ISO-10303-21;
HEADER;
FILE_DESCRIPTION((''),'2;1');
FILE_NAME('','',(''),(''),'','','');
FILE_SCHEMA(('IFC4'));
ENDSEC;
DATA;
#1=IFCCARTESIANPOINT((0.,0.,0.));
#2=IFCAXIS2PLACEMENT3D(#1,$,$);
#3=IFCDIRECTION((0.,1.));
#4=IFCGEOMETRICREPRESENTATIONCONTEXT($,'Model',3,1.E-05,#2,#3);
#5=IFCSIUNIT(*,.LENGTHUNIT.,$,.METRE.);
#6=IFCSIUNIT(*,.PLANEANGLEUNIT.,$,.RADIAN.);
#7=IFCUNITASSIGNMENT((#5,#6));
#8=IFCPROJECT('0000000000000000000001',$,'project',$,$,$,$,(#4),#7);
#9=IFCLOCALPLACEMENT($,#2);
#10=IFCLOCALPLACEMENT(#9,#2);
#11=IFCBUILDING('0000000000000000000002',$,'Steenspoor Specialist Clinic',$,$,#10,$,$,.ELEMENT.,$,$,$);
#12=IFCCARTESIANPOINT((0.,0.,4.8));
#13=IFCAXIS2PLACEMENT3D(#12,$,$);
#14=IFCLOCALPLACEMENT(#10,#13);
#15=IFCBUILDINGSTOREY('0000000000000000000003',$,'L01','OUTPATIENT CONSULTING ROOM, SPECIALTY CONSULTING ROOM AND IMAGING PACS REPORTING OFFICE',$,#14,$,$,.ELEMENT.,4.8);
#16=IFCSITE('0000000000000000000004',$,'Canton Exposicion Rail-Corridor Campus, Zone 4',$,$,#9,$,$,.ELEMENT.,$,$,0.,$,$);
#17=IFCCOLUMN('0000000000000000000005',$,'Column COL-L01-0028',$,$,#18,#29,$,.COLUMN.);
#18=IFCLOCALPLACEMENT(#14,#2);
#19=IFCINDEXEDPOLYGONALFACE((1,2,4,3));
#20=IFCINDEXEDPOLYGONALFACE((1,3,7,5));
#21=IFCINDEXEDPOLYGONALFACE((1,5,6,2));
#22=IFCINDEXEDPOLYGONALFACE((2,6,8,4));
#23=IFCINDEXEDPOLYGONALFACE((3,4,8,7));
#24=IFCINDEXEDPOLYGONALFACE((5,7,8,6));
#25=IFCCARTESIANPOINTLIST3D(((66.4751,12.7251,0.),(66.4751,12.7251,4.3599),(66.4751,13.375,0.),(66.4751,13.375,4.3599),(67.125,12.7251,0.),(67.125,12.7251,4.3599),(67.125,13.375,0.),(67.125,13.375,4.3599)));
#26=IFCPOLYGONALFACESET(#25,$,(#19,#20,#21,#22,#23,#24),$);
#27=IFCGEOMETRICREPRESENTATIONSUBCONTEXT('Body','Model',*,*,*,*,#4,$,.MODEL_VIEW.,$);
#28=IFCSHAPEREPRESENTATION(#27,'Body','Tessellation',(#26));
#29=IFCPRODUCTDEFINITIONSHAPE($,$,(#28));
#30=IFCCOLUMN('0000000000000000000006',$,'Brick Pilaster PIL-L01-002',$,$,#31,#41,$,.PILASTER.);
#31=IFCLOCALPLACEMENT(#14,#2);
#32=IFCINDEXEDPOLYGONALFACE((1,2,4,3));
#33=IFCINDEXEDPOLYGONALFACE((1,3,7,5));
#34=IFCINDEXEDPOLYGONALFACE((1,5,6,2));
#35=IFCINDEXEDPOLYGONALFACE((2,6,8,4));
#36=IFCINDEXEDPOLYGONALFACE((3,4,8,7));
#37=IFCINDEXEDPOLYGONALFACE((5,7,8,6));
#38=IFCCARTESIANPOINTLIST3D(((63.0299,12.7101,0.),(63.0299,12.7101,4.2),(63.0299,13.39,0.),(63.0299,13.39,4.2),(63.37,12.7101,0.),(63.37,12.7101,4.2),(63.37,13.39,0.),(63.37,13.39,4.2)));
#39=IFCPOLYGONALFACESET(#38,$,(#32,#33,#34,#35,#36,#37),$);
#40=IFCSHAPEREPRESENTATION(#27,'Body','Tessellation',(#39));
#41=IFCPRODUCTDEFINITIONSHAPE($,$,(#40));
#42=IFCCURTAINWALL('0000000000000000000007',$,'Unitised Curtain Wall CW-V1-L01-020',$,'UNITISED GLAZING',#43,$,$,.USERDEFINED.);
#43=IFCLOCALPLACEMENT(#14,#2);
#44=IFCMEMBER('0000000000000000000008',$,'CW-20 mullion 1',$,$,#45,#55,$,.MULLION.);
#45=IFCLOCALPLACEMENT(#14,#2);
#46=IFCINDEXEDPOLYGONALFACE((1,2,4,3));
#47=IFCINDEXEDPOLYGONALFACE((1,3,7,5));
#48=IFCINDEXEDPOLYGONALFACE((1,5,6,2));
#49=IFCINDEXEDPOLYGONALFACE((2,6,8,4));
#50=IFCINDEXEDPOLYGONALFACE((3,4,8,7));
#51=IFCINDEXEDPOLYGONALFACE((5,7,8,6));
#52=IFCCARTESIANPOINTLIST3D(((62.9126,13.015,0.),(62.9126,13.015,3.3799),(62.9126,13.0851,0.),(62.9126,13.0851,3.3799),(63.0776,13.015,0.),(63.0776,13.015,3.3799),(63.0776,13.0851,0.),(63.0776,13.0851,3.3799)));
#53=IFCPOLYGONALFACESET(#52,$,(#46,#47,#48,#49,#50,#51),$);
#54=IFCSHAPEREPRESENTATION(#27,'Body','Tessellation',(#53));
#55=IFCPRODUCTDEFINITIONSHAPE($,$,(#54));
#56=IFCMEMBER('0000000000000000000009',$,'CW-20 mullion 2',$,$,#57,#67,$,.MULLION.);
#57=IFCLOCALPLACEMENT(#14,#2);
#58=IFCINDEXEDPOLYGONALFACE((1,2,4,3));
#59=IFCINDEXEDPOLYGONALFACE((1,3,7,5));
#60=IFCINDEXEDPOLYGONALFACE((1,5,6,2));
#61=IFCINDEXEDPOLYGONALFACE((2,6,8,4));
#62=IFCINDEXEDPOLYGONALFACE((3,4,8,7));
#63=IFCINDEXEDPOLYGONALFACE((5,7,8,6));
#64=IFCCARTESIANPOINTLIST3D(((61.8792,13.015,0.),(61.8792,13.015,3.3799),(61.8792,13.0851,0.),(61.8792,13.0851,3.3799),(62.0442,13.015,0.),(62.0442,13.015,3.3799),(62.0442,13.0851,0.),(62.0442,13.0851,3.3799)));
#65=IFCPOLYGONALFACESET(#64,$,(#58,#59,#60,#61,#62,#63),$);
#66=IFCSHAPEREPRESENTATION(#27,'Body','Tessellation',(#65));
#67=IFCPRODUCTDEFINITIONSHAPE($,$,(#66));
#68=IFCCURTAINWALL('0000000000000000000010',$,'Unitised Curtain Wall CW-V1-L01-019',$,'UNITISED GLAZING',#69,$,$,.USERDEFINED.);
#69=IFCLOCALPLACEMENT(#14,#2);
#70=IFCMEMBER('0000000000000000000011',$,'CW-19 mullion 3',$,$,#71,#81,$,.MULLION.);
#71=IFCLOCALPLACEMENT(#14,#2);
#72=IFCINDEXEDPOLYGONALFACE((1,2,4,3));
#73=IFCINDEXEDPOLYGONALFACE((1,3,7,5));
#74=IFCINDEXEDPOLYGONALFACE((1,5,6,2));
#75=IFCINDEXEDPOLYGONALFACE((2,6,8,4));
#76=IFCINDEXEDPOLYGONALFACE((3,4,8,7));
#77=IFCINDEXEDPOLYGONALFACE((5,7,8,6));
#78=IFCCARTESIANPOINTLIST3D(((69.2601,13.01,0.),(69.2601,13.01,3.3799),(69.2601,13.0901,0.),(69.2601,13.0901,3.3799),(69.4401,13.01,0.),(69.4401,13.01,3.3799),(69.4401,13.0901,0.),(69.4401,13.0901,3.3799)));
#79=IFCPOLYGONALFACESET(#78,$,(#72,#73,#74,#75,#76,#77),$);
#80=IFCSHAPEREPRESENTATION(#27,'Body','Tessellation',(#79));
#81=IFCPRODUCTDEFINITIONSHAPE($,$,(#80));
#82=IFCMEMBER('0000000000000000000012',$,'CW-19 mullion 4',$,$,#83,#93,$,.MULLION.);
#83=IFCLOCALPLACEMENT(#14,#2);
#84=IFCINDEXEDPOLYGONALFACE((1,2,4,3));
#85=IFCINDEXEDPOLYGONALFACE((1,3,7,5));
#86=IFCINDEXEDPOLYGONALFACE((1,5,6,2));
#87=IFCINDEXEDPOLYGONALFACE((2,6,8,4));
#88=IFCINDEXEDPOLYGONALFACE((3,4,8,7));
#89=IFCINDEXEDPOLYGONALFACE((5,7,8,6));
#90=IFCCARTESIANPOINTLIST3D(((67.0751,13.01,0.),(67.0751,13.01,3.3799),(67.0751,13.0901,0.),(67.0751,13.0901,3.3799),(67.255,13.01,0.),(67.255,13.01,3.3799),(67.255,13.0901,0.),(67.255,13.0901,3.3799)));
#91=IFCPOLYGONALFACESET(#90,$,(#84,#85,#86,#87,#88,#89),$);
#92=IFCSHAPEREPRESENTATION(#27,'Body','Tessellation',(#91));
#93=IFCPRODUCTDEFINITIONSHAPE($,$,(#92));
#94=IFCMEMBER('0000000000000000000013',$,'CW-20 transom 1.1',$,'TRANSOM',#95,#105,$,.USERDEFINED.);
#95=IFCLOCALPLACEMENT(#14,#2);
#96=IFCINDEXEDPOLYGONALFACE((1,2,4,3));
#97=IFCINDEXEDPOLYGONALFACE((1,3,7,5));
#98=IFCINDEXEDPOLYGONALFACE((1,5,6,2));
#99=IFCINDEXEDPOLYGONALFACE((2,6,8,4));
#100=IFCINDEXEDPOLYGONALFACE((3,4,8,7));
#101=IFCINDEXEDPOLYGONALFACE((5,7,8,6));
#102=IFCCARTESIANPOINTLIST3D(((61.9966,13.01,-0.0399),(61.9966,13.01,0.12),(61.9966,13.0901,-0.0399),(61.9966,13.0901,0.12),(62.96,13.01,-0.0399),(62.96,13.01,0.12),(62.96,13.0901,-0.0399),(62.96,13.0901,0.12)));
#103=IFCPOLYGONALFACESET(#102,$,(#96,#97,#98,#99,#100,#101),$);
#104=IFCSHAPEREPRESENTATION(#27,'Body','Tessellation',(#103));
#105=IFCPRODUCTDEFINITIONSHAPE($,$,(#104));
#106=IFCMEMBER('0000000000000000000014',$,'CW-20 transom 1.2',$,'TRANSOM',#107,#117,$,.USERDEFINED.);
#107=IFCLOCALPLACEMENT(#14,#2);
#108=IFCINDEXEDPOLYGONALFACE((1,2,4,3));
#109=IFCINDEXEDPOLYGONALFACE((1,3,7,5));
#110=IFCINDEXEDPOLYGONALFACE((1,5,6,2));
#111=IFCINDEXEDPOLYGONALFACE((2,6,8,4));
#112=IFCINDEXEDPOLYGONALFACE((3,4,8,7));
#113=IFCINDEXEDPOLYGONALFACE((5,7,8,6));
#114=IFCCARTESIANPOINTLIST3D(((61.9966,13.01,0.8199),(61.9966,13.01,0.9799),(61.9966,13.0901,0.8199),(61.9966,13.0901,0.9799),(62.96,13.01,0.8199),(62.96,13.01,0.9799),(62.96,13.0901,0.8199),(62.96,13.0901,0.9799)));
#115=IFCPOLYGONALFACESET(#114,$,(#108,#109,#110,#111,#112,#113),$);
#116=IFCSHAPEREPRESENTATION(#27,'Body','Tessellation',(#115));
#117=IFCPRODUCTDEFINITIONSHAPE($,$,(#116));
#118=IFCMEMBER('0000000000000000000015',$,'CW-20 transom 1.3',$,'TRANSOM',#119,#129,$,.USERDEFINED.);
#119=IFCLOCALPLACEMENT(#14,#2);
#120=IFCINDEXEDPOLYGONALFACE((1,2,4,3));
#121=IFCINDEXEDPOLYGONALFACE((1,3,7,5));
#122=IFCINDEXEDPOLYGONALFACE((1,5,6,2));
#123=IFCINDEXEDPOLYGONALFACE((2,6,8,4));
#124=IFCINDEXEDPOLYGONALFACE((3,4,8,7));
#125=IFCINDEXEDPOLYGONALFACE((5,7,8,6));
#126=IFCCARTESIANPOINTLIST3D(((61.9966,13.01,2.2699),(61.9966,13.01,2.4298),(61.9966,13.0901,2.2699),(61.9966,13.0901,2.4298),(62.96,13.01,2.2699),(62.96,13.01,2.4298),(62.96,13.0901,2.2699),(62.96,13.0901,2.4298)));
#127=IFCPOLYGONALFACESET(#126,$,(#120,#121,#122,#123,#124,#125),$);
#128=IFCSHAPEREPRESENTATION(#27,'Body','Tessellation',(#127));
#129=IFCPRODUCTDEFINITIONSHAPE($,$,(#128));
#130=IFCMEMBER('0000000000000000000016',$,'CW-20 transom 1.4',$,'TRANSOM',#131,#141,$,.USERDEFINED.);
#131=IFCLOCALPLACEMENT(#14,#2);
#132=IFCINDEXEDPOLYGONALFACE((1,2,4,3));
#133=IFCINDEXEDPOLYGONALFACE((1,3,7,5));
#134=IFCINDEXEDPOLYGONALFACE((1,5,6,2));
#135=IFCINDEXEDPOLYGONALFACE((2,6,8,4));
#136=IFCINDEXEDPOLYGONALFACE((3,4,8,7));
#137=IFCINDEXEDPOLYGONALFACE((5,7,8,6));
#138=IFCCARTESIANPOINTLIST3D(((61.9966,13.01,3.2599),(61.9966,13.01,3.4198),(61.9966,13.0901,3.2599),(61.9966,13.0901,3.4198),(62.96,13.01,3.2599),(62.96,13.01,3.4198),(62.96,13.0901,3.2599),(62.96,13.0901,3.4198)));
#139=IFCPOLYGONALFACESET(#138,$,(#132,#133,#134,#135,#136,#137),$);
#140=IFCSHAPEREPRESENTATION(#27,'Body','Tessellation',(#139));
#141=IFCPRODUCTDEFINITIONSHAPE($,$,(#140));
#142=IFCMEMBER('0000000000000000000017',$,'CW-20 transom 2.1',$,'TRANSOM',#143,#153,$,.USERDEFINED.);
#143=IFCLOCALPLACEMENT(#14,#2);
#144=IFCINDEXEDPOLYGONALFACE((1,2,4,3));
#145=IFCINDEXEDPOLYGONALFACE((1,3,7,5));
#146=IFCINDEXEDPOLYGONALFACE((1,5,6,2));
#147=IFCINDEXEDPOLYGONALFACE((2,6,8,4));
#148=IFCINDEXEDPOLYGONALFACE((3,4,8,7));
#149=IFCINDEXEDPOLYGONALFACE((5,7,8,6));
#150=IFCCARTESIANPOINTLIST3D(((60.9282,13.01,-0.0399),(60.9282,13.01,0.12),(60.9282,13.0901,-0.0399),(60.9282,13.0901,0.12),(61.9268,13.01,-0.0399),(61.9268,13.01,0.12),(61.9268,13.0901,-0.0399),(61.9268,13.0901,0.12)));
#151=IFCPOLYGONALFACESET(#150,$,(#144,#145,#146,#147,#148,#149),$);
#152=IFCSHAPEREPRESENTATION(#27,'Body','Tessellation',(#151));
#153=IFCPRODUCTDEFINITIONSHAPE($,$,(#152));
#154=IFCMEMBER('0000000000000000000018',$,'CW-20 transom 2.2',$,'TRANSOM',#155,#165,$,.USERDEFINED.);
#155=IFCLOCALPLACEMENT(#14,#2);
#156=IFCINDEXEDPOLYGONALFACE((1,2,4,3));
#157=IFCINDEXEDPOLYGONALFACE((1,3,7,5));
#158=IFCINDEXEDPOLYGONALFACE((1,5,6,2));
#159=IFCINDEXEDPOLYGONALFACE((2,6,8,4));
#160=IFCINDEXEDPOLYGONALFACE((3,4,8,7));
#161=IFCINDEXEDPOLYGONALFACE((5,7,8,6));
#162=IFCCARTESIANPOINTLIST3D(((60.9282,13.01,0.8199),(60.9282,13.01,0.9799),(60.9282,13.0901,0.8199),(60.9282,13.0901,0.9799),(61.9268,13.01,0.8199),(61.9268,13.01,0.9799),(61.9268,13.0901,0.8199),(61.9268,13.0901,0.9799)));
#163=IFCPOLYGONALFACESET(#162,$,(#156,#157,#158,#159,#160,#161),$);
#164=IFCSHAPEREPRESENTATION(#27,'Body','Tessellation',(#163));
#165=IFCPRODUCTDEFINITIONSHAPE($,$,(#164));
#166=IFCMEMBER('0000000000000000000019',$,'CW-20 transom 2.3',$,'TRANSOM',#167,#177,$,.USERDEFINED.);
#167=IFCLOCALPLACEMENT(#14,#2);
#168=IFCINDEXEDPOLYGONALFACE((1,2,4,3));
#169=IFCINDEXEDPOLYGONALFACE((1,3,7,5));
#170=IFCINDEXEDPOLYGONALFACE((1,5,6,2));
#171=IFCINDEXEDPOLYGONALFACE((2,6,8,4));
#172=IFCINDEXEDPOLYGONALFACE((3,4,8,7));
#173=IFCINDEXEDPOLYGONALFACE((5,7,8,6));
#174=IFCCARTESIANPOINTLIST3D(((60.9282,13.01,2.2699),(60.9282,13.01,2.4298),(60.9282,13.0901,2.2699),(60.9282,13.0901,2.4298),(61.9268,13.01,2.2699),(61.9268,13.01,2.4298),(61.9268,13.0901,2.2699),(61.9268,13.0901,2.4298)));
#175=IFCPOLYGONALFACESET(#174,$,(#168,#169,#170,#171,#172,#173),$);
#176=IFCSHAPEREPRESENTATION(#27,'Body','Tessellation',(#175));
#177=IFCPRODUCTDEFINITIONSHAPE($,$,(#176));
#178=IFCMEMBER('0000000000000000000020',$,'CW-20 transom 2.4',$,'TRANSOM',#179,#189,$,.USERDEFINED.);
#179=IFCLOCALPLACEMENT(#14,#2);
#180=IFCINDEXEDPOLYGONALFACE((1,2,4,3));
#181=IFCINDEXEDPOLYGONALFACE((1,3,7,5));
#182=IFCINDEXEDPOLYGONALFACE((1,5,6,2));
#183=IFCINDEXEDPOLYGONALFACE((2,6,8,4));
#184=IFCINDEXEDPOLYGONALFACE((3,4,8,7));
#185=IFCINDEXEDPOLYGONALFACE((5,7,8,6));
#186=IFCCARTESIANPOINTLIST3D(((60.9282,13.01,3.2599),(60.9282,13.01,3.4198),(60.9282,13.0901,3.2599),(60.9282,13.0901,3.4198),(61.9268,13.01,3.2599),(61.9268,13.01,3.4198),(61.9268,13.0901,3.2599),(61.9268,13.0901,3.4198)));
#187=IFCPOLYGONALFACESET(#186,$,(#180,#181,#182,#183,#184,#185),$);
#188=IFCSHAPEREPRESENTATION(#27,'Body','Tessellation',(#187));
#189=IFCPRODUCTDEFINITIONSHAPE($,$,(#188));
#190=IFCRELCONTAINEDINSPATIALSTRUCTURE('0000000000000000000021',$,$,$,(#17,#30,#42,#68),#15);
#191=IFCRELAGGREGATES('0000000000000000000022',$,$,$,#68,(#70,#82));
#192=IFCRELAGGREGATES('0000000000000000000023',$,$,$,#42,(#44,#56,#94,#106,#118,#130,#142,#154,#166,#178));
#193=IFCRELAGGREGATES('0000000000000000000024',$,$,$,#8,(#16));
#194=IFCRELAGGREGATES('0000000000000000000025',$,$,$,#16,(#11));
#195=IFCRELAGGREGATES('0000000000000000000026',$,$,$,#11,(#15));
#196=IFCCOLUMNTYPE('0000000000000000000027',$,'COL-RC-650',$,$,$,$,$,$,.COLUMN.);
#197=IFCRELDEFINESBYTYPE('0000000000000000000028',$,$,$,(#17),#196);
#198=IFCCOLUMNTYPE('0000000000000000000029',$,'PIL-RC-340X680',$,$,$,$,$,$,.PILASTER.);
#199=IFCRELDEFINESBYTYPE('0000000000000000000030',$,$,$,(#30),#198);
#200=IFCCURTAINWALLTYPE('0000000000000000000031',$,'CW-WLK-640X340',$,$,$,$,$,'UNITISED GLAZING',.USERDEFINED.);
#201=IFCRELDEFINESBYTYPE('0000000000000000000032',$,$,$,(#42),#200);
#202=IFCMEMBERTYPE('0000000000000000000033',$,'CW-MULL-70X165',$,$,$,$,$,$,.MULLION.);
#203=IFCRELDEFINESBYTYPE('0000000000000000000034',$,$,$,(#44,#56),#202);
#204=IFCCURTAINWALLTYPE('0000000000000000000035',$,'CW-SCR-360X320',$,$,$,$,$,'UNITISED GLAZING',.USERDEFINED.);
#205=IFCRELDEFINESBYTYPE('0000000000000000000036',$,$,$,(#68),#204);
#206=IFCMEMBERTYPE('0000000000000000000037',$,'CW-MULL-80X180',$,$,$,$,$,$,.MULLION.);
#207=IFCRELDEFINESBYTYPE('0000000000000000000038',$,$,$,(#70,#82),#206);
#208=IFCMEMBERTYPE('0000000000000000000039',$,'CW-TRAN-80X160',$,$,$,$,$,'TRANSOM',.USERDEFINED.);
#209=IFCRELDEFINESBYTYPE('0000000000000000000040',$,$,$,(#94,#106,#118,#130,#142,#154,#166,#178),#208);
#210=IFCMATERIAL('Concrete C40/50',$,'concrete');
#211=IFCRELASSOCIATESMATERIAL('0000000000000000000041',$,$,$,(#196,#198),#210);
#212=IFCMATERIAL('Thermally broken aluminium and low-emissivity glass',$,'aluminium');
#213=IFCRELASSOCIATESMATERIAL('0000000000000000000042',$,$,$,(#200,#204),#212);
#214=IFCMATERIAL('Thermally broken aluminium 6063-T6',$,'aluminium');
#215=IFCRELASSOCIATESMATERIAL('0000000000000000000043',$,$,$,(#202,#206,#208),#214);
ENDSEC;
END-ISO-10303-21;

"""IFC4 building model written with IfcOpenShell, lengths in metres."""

from ifc_helpers import new_model, si_unit, direction, frame, origin, origin_2d, place, context, subcontext, project, spatial, rectangle, extrude, material, material_profile, profile_set, type_object, element, aggregate, save


model = new_model("IFC4")

# Units and contexts
model_context = context("Model", 3, precision=1e-05, world=origin(), true_north=direction((0.0, 1.0)))
body_context = subcontext(model_context, "Body", "Model", "MODEL_VIEW")
ifc_project = project(units=[si_unit("LENGTHUNIT", "METRE"), si_unit("PLANEANGLEUNIT", "RADIAN")], contexts=[model_context])

# Site, building, storey
site_placement = place(None, origin())
site = spatial("IfcSite", under=ifc_project, at=site_placement, Name="Canton Exposicion Rail-Corridor Campus, Zone 4", CompositionType="ELEMENT", RefElevation=0.0)
building_placement = place(site_placement, origin())
building = spatial("IfcBuilding", under=site, at=building_placement, Name="Steenspoor Specialist Clinic", CompositionType="ELEMENT")
storey_placement = place(building_placement, frame((0.0, 0.0, 4.8)))
storey = spatial("IfcBuildingStorey", under=building, at=storey_placement, Name="L01", Description="OUTPATIENT CONSULTING ROOM, SPECIALTY CONSULTING ROOM AND IMAGING PACS REPORTING OFFICE", CompositionType="ELEMENT", Elevation=4.8)

# Columns
ifc_material_1 = material(Name="Concrete C40/50", Category="concrete")
ifc_material_profile_1 = material_profile(ifc_material_1, rectangle(XDim=0.6499, YDim=0.6499, at=origin_2d()), Name="RC-COL-650X650")
ifc_profile_set_1 = profile_set([ifc_material_profile_1], Name="Concrete C40/50")
column_type_1 = type_object("IfcColumnType", Name="COL-RC-650", PredefinedType="COLUMN", material=ifc_profile_set_1)
column_1_placement = place(storey_placement, frame((66.8, 13.05, 0.0), z_axis=(0.0, 0.0, 1.0), x_axis=(1.0, 0.0, 0.0)))
element("IfcColumn", 1, at=column_1_placement, inside=storey, type_object=column_type_1, Name="Column COL-L01-0028", PredefinedType="COLUMN", context=body_context, shape_type="SweptSolid", body=[
    extrude(rectangle(XDim=0.6499, YDim=0.6499, at=origin_2d()), origin(), (0.0, 0.0, 1.0), 4.3599),
])
ifc_material_profile_2 = material_profile(ifc_material_1, rectangle(XDim=0.3401, YDim=0.6799, at=origin_2d()), Name="RC-PIL-340X680")
ifc_profile_set_2 = profile_set([ifc_material_profile_2], Name="Concrete C40/50")
column_type_2 = type_object("IfcColumnType", Name="PIL-RC-340X680", PredefinedType="PILASTER", material=ifc_profile_set_2)
column_2_placement = place(storey_placement, frame((63.2, 13.05, 0.0), z_axis=(0.0, 0.0, 1.0), x_axis=(1.0, 0.0, 0.0)))
element("IfcColumn", 2, at=column_2_placement, inside=storey, type_object=column_type_2, Name="Brick Pilaster PIL-L01-002", PredefinedType="PILASTER", context=body_context, shape_type="SweptSolid", body=[
    extrude(rectangle(XDim=0.3401, YDim=0.6799, at=origin_2d()), origin(), (0.0, 0.0, 1.0), 4.2),
])

# Curtain walls, members
ifc_material_2 = material(Name="Thermally broken aluminium and low-emissivity glass", Category="aluminium")
curtain_wall_type_1 = type_object("IfcCurtainWallType", Name="CW-WLK-640X340", ElementType="UNITISED GLAZING", PredefinedType="USERDEFINED", material=ifc_material_2)
curtain_wall_1_placement = place(storey_placement, origin())
curtain_wall_1 = element("IfcCurtainWall", 3, at=curtain_wall_1_placement, inside=storey, type_object=curtain_wall_type_1, Name="Unitised Curtain Wall CW-V1-L01-020", ObjectType="UNITISED GLAZING", PredefinedType="USERDEFINED")
ifc_material_3 = material(Name="Thermally broken aluminium 6063-T6", Category="aluminium")
ifc_material_profile_3 = material_profile(ifc_material_3, rectangle(XDim=0.0701, YDim=0.165, at=origin_2d()), Name="CWM-70X165")
ifc_profile_set_3 = profile_set([ifc_material_profile_3], Name="Thermally broken aluminium 6063-T6")
member_type_1 = type_object("IfcMemberType", Name="CW-MULL-70X165", PredefinedType="MULLION", material=ifc_profile_set_3)
member_1_placement = place(storey_placement, frame((62.9951, 13.05, 0.0), z_axis=(0.0, 0.0, 1.0), x_axis=(0.0, -1.0, 0.0)))
member_1 = element("IfcMember", 4, at=member_1_placement, type_object=member_type_1, Name="CW-20 mullion 1", PredefinedType="MULLION", context=body_context, shape_type="SweptSolid", body=[
    extrude(rectangle(XDim=0.0701, YDim=0.165, at=origin_2d()), origin(), (0.0, 0.0, 1.0), 3.3799),
])
member_2_placement = place(storey_placement, frame((61.9617, 13.05, 0.0), z_axis=(0.0, 0.0, 1.0), x_axis=(0.0, -1.0, 0.0)))
member_2 = element("IfcMember", 5, at=member_2_placement, type_object=member_type_1, Name="CW-20 mullion 2", PredefinedType="MULLION", context=body_context, shape_type="SweptSolid", body=[
    extrude(rectangle(XDim=0.0701, YDim=0.165, at=origin_2d()), origin(), (0.0, 0.0, 1.0), 3.3799),
])
curtain_wall_type_2 = type_object("IfcCurtainWallType", Name="CW-SCR-360X320", ElementType="UNITISED GLAZING", PredefinedType="USERDEFINED", material=ifc_material_2)
curtain_wall_2_placement = place(storey_placement, origin())
curtain_wall_2 = element("IfcCurtainWall", 6, at=curtain_wall_2_placement, inside=storey, type_object=curtain_wall_type_2, Name="Unitised Curtain Wall CW-V1-L01-019", ObjectType="UNITISED GLAZING", PredefinedType="USERDEFINED")
ifc_material_profile_4 = material_profile(ifc_material_3, rectangle(XDim=0.0801, YDim=0.1799, at=origin_2d()), Name="CWM-80X180")
ifc_profile_set_4 = profile_set([ifc_material_profile_4], Name="Thermally broken aluminium 6063-T6")
member_type_2 = type_object("IfcMemberType", Name="CW-MULL-80X180", PredefinedType="MULLION", material=ifc_profile_set_4)
member_3_placement = place(storey_placement, frame((69.3501, 13.05, 0.0), z_axis=(0.0, 0.0, 1.0), x_axis=(0.0, -1.0, 0.0)))
member_3 = element("IfcMember", 7, at=member_3_placement, type_object=member_type_2, Name="CW-19 mullion 3", PredefinedType="MULLION", context=body_context, shape_type="SweptSolid", body=[
    extrude(rectangle(XDim=0.0801, YDim=0.1799, at=origin_2d()), origin(), (0.0, 0.0, 1.0), 3.3799),
])
member_4_placement = place(storey_placement, frame((67.165, 13.05, 0.0), z_axis=(0.0, 0.0, 1.0), x_axis=(0.0, -1.0, 0.0)))
member_4 = element("IfcMember", 8, at=member_4_placement, type_object=member_type_2, Name="CW-19 mullion 4", PredefinedType="MULLION", context=body_context, shape_type="SweptSolid", body=[
    extrude(rectangle(XDim=0.0801, YDim=0.1799, at=origin_2d()), origin(), (0.0, 0.0, 1.0), 3.3799),
])

# Members
ifc_material_profile_5 = material_profile(ifc_material_3, rectangle(XDim=0.0801, YDim=0.1599, at=origin_2d()), Name="CWT-80X160")
ifc_profile_set_5 = profile_set([ifc_material_profile_5], Name="Thermally broken aluminium 6063-T6")
member_type_3 = type_object("IfcMemberType", Name="CW-TRAN-80X160", ElementType="TRANSOM", PredefinedType="USERDEFINED", material=ifc_profile_set_5)
member_5_placement = place(storey_placement, frame((62.96, 13.05, 0.04), z_axis=(-1.0, 0.0, 0.0), x_axis=(0.0, -1.0, 0.0)))
member_5 = element("IfcMember", 9, at=member_5_placement, type_object=member_type_3, Name="CW-20 transom 1.1", ObjectType="TRANSOM", PredefinedType="USERDEFINED", context=body_context, shape_type="SweptSolid", body=[
    extrude(rectangle(XDim=0.0801, YDim=0.1599, at=origin_2d()), origin(), (0.0, 0.0, 1.0), 0.9634),
])
member_6_placement = place(storey_placement, frame((62.96, 13.05, 0.8999), z_axis=(-1.0, 0.0, 0.0), x_axis=(0.0, -1.0, 0.0)))
member_6 = element("IfcMember", 10, at=member_6_placement, type_object=member_type_3, Name="CW-20 transom 1.2", ObjectType="TRANSOM", PredefinedType="USERDEFINED", context=body_context, shape_type="SweptSolid", body=[
    extrude(rectangle(XDim=0.0801, YDim=0.1599, at=origin_2d()), origin(), (0.0, 0.0, 1.0), 0.9634),
])
member_7_placement = place(storey_placement, frame((62.96, 13.05, 2.3499), z_axis=(-1.0, 0.0, 0.0), x_axis=(0.0, -1.0, 0.0)))
member_7 = element("IfcMember", 11, at=member_7_placement, type_object=member_type_3, Name="CW-20 transom 1.3", ObjectType="TRANSOM", PredefinedType="USERDEFINED", context=body_context, shape_type="SweptSolid", body=[
    extrude(rectangle(XDim=0.0801, YDim=0.1599, at=origin_2d()), origin(), (0.0, 0.0, 1.0), 0.9634),
])
member_8_placement = place(storey_placement, frame((62.96, 13.05, 3.3398), z_axis=(-1.0, 0.0, 0.0), x_axis=(0.0, -1.0, 0.0)))
member_8 = element("IfcMember", 12, at=member_8_placement, type_object=member_type_3, Name="CW-20 transom 1.4", ObjectType="TRANSOM", PredefinedType="USERDEFINED", context=body_context, shape_type="SweptSolid", body=[
    extrude(rectangle(XDim=0.0801, YDim=0.1599, at=origin_2d()), origin(), (0.0, 0.0, 1.0), 0.9634),
])
member_9_placement = place(storey_placement, frame((61.9268, 13.05, 0.04), z_axis=(-1.0, 0.0, 0.0), x_axis=(0.0, -1.0, 0.0)))
member_9 = element("IfcMember", 13, at=member_9_placement, type_object=member_type_3, Name="CW-20 transom 2.1", ObjectType="TRANSOM", PredefinedType="USERDEFINED", context=body_context, shape_type="SweptSolid", body=[
    extrude(rectangle(XDim=0.0801, YDim=0.1599, at=origin_2d()), origin(), (0.0, 0.0, 1.0), 0.9985),
])
member_10_placement = place(storey_placement, frame((61.9268, 13.05, 0.8999), z_axis=(-1.0, 0.0, 0.0), x_axis=(0.0, -1.0, 0.0)))
member_10 = element("IfcMember", 14, at=member_10_placement, type_object=member_type_3, Name="CW-20 transom 2.2", ObjectType="TRANSOM", PredefinedType="USERDEFINED", context=body_context, shape_type="SweptSolid", body=[
    extrude(rectangle(XDim=0.0801, YDim=0.1599, at=origin_2d()), origin(), (0.0, 0.0, 1.0), 0.9985),
])
member_11_placement = place(storey_placement, frame((61.9268, 13.05, 2.3499), z_axis=(-1.0, 0.0, 0.0), x_axis=(0.0, -1.0, 0.0)))
member_11 = element("IfcMember", 15, at=member_11_placement, type_object=member_type_3, Name="CW-20 transom 2.3", ObjectType="TRANSOM", PredefinedType="USERDEFINED", context=body_context, shape_type="SweptSolid", body=[
    extrude(rectangle(XDim=0.0801, YDim=0.1599, at=origin_2d()), origin(), (0.0, 0.0, 1.0), 0.9985),
])
member_12_placement = place(storey_placement, frame((61.9268, 13.05, 3.3398), z_axis=(-1.0, 0.0, 0.0), x_axis=(0.0, -1.0, 0.0)))
member_12 = element("IfcMember", 16, at=member_12_placement, type_object=member_type_3, Name="CW-20 transom 2.4", ObjectType="TRANSOM", PredefinedType="USERDEFINED", context=body_context, shape_type="SweptSolid", body=[
    extrude(rectangle(XDim=0.0801, YDim=0.1599, at=origin_2d()), origin(), (0.0, 0.0, 1.0), 0.9985),
])

aggregate(curtain_wall_2, [member_3, member_4])
aggregate(curtain_wall_1, [member_1, member_2, member_5, member_6, member_7, member_8, member_9, member_10, member_11, member_12])

save(model, "model.ifc")
